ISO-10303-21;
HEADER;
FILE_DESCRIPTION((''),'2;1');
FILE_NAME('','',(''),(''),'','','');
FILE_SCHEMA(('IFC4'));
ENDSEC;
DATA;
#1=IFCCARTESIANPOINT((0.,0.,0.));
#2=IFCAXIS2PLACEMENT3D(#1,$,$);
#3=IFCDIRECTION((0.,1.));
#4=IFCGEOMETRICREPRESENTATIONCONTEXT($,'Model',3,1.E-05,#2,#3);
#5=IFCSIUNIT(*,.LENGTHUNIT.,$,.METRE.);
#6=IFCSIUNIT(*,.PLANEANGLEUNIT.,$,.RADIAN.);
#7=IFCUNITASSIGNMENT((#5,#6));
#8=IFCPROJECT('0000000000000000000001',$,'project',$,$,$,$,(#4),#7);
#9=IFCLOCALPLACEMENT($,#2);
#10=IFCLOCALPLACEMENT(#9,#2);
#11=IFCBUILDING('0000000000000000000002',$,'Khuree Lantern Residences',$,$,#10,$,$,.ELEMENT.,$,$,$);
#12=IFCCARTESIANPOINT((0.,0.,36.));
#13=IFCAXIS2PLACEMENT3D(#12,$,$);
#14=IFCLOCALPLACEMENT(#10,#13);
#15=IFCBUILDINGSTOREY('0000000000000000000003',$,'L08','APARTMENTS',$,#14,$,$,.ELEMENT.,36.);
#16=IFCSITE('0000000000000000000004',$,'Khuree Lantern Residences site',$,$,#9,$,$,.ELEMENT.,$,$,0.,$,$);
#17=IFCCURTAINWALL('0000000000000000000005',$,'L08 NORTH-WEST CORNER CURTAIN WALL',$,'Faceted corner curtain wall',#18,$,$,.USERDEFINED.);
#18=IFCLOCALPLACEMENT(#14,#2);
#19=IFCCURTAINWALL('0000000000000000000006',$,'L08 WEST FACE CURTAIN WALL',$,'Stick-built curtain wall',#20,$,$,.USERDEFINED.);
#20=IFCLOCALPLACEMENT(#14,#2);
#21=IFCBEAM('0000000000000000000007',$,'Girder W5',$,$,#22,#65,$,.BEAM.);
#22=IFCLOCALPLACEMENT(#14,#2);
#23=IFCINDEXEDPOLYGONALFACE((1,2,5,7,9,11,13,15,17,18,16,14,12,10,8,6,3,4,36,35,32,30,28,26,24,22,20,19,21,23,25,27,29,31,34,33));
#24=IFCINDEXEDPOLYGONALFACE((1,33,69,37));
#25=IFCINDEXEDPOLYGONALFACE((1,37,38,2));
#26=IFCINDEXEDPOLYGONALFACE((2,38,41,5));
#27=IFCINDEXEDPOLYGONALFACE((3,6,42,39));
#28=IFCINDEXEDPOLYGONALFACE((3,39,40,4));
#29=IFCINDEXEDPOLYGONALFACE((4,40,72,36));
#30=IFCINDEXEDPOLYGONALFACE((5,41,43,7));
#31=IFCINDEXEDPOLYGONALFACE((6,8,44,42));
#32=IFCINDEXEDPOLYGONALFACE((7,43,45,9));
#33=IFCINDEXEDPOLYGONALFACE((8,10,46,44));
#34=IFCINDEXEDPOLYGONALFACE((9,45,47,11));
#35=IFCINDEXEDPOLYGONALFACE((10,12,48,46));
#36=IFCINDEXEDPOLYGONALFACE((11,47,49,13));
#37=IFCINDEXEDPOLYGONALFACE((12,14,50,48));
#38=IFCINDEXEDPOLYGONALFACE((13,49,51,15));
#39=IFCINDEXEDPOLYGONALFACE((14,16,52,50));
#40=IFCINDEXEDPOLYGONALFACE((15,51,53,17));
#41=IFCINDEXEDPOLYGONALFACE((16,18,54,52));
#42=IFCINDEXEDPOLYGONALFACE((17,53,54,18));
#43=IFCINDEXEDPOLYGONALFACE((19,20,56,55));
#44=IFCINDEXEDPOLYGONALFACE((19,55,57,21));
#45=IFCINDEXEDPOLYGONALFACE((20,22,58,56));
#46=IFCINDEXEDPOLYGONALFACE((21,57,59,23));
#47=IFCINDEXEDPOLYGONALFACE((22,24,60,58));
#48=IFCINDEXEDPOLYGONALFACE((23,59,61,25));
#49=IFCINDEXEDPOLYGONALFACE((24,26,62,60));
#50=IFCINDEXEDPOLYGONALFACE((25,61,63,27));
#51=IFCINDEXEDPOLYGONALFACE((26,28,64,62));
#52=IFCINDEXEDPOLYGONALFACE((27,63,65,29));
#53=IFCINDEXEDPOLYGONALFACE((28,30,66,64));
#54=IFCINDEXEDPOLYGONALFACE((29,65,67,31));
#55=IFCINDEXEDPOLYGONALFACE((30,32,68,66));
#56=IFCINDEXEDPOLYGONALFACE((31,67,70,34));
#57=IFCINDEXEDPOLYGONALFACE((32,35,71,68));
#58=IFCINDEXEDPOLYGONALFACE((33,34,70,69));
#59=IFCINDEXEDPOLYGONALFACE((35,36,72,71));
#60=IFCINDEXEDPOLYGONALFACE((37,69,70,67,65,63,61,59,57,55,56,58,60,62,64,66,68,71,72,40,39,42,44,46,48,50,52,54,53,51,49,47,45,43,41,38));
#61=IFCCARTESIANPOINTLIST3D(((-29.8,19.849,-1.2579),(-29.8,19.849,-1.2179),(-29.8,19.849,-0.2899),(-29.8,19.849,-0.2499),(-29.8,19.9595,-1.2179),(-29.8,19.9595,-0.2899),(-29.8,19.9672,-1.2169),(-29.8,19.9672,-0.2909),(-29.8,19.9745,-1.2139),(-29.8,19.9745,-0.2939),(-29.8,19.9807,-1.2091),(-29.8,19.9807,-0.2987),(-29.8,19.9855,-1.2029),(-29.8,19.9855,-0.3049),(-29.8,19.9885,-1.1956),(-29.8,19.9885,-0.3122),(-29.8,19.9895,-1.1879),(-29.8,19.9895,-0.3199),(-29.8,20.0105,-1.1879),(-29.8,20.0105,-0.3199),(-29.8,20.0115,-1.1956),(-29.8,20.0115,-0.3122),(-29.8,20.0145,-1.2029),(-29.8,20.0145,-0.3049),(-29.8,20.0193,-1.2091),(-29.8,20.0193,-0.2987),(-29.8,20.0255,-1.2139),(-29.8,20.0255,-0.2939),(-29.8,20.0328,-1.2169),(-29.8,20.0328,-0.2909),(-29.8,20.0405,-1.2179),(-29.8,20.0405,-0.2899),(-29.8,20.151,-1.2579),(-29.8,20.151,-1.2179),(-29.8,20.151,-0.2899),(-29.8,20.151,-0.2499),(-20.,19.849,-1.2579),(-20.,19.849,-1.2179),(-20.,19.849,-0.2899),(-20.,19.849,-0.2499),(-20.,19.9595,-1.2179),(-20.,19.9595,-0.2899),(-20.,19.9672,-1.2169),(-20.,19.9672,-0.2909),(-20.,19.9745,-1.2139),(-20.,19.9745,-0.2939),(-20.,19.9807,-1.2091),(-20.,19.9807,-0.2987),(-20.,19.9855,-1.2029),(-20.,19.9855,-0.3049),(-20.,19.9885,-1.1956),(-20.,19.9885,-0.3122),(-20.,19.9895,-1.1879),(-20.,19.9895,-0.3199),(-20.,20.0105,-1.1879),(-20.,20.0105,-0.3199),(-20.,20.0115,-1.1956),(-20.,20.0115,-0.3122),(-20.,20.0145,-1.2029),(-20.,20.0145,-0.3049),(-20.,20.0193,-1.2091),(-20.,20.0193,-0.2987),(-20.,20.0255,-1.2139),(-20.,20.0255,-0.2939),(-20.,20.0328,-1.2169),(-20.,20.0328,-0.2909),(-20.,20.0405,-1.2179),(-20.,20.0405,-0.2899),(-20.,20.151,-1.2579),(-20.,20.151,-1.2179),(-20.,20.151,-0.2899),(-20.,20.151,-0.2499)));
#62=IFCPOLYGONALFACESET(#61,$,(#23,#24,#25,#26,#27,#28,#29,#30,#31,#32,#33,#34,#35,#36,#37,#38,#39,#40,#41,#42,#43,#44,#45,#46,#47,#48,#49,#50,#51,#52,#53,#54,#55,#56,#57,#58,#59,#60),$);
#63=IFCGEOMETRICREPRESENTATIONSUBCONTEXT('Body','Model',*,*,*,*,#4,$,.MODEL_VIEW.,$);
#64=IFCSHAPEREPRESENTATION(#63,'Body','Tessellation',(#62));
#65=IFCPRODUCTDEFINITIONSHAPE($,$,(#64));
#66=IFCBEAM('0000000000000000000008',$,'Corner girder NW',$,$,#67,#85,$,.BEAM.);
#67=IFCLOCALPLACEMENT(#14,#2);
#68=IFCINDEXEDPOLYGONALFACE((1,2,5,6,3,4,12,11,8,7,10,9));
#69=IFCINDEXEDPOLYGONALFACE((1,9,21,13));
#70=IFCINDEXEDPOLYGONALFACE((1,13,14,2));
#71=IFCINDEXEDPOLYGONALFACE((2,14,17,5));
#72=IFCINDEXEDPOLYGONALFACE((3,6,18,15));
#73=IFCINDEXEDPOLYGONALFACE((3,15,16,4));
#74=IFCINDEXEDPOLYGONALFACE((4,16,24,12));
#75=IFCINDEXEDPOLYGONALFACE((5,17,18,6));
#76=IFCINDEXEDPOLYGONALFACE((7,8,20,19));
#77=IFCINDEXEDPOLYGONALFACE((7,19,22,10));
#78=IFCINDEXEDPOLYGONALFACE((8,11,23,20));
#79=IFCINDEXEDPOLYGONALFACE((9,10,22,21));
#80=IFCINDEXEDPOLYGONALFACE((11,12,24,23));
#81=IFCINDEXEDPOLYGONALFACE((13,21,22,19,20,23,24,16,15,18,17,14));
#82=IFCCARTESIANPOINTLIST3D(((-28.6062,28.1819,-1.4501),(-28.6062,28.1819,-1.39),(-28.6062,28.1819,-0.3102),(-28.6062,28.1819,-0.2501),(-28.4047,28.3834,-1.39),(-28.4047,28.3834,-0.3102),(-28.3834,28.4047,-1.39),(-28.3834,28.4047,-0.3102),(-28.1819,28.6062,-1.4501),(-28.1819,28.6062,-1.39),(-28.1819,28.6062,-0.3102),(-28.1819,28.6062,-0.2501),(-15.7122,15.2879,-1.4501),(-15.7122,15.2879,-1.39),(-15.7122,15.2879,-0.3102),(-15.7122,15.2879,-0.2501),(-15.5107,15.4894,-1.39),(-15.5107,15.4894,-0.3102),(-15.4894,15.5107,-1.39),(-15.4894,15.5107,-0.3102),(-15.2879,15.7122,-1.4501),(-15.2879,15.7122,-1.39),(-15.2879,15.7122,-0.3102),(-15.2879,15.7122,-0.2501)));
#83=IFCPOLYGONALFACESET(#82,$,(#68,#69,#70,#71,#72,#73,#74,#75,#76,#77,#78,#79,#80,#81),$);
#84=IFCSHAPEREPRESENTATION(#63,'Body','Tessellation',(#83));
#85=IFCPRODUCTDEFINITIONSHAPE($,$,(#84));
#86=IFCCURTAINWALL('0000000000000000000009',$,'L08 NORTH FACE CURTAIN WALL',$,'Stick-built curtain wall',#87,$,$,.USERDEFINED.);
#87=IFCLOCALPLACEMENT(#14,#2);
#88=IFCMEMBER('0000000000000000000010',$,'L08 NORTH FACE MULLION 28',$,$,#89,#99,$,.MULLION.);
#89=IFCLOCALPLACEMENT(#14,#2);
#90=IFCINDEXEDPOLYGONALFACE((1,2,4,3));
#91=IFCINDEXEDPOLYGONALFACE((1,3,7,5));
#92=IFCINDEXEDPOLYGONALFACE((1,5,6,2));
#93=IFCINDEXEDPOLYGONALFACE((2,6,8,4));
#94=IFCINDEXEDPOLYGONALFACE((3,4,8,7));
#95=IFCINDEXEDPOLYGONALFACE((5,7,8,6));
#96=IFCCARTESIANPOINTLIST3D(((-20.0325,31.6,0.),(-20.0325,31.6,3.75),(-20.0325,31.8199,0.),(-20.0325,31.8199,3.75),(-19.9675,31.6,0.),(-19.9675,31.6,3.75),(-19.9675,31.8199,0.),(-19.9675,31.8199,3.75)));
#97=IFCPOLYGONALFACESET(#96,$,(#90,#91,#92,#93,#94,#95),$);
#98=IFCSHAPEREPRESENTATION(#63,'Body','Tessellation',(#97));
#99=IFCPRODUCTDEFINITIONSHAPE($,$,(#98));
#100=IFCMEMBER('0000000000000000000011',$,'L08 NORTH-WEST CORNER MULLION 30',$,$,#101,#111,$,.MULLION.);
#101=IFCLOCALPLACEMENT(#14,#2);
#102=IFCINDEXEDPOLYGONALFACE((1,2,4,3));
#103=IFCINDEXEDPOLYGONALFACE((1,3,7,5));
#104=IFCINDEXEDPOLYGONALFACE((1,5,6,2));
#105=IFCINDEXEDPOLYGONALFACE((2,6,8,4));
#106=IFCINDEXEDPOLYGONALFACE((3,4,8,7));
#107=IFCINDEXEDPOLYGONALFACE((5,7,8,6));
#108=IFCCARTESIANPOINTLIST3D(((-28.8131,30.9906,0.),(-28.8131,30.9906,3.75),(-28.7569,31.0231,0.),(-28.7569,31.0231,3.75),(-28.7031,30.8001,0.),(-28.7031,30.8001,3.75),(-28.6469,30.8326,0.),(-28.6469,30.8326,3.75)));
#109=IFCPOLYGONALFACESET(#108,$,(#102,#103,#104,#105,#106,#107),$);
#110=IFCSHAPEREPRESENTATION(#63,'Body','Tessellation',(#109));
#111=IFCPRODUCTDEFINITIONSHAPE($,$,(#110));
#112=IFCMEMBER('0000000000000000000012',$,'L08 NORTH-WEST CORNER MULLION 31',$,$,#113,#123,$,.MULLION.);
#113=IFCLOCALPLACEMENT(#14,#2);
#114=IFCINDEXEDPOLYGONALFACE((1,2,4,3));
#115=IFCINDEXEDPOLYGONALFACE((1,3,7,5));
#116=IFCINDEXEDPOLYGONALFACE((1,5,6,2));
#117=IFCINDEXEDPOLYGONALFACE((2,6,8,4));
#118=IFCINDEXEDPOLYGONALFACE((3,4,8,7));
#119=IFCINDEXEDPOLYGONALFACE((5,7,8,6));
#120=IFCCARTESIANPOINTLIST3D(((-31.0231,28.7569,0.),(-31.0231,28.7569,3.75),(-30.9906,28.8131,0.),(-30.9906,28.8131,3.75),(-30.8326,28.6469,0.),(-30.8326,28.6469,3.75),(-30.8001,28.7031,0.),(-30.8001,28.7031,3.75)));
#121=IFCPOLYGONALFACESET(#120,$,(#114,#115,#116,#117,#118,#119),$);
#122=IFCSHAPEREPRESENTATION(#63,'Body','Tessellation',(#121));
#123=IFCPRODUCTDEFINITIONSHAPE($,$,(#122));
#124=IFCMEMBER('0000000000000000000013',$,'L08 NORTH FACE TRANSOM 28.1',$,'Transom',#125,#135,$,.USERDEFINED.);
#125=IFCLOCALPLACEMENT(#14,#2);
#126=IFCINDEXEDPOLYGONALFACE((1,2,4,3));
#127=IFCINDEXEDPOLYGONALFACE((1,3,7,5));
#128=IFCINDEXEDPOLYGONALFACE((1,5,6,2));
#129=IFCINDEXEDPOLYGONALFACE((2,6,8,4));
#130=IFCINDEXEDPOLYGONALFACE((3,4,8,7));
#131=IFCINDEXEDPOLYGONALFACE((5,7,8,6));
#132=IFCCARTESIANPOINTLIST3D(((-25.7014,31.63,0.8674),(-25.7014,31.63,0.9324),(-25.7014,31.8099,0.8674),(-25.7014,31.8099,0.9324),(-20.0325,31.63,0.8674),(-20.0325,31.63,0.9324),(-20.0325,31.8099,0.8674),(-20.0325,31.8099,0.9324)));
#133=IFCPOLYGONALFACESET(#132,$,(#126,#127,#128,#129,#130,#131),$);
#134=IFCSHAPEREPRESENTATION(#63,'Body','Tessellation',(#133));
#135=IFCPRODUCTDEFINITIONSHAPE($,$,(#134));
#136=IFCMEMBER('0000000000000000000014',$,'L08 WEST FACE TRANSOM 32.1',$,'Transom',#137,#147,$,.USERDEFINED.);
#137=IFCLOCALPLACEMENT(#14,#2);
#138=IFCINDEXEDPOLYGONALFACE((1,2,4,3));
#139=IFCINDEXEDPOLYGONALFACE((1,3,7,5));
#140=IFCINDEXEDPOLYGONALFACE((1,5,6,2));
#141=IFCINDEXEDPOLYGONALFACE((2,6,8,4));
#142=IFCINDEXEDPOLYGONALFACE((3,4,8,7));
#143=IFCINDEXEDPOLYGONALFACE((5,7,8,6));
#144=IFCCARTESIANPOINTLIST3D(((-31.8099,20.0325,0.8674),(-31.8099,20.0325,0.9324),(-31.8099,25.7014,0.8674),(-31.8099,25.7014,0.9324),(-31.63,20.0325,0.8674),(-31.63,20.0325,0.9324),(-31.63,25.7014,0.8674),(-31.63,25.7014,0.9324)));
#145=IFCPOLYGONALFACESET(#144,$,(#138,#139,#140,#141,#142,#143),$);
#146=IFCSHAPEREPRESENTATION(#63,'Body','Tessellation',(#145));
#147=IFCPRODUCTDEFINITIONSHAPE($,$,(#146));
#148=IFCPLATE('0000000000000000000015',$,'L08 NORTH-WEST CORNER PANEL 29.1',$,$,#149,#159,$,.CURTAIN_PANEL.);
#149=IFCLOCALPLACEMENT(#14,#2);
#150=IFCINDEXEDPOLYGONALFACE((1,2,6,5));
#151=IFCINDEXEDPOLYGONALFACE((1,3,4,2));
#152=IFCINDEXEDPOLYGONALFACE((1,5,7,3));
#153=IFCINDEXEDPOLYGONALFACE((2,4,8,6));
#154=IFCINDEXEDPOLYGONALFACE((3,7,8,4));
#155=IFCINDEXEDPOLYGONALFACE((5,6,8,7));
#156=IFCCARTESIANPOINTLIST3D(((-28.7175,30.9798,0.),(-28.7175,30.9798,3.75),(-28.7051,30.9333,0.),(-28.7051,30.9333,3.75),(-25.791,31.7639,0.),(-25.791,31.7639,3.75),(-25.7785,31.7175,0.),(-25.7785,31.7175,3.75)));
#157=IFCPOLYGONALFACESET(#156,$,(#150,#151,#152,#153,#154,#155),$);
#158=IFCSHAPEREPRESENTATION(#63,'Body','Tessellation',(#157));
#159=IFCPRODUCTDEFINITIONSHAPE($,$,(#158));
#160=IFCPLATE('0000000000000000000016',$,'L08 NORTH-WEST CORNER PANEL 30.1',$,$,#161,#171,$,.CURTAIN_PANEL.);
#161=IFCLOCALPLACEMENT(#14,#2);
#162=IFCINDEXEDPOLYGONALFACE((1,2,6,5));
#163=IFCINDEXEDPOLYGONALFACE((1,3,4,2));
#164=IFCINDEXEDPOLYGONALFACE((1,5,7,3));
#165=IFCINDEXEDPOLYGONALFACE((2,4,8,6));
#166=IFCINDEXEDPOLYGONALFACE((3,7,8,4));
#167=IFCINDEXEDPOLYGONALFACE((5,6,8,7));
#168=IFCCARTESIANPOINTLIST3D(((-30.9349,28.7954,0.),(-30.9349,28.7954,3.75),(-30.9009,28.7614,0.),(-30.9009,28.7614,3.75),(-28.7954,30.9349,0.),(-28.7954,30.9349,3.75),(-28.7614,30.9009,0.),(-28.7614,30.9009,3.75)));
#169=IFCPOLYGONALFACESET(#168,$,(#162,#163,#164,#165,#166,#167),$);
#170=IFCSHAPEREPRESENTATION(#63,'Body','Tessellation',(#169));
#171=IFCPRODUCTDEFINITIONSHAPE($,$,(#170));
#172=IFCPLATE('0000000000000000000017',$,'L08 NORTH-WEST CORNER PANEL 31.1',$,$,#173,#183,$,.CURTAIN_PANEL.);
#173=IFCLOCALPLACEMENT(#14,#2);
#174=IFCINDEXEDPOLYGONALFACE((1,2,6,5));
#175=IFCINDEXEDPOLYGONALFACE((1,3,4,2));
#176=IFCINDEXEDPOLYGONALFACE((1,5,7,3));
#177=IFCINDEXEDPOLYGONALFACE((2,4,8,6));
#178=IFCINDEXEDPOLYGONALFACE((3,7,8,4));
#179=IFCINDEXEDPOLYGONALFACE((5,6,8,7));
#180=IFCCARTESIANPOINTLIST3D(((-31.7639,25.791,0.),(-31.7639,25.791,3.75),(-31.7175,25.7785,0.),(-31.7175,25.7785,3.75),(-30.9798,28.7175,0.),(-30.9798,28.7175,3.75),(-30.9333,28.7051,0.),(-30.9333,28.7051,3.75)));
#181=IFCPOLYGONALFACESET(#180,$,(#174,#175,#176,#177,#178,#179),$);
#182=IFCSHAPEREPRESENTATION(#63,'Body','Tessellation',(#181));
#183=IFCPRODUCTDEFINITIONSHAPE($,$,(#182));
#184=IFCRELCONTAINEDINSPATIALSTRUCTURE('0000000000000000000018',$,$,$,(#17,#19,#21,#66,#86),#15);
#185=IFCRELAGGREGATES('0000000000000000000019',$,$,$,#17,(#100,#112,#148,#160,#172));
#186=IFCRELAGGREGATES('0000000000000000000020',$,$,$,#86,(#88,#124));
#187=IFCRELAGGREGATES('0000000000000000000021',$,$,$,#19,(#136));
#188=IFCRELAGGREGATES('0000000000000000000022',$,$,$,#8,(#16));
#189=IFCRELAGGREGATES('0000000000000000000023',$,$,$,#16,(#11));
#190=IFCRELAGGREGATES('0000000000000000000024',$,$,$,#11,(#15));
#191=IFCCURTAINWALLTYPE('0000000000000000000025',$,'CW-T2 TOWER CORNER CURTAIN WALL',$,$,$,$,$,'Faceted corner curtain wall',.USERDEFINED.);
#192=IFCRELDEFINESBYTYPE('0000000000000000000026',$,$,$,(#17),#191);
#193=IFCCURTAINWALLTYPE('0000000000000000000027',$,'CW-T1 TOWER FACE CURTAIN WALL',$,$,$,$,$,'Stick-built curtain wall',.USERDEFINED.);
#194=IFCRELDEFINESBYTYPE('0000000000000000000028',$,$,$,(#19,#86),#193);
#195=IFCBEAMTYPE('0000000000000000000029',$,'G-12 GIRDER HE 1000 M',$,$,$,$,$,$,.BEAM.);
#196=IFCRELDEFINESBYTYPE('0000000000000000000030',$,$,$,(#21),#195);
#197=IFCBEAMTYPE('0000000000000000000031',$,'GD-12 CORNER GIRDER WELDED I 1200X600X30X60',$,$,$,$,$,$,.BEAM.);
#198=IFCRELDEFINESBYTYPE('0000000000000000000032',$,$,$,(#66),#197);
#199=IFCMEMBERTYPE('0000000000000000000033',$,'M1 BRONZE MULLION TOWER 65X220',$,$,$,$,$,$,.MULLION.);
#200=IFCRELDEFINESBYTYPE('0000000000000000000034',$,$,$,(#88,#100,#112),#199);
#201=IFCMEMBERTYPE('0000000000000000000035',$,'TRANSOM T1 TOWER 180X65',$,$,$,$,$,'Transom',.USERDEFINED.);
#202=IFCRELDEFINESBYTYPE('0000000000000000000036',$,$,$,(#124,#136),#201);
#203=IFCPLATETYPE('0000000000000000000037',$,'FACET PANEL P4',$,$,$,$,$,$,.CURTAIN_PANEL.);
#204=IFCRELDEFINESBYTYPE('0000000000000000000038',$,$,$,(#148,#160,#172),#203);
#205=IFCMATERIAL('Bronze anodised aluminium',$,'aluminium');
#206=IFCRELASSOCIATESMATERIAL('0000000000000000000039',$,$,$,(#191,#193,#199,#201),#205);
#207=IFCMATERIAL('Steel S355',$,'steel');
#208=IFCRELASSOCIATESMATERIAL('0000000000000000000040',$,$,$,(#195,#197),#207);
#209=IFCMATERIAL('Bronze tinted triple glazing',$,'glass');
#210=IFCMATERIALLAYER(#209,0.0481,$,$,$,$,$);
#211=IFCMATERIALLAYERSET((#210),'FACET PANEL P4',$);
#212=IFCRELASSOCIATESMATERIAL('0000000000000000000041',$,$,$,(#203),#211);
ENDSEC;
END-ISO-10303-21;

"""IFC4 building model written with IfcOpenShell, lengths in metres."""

from ifc_helpers import new_model, si_unit, direction, frame, origin, origin_2d, place, context, subcontext, project, spatial, rectangle, i_section, extrude, material, layer, layer_set, material_profile, profile_set, type_object, element, aggregate, save


model = new_model("IFC4")

# Units and contexts
model_context = context("Model", 3, precision=1e-05, world=origin(), true_north=direction((0.0, 1.0)))
body_context = subcontext(model_context, "Body", "Model", "MODEL_VIEW")
ifc_project = project(units=[si_unit("LENGTHUNIT", "METRE"), si_unit("PLANEANGLEUNIT", "RADIAN")], contexts=[model_context])

# Site, building, storey
site_placement = place(None, origin())
site = spatial("IfcSite", under=ifc_project, at=site_placement, Name="Khuree Lantern Residences site", CompositionType="ELEMENT", RefElevation=0.0)
building_placement = place(site_placement, origin())
building = spatial("IfcBuilding", under=site, at=building_placement, Name="Khuree Lantern Residences", CompositionType="ELEMENT")
storey_placement = place(building_placement, frame((0.0, 0.0, 36.0)))
storey = spatial("IfcBuildingStorey", under=building, at=storey_placement, Name="L08", Description="APARTMENTS", CompositionType="ELEMENT", Elevation=36.0)

# Shared definitions
ifc_material_1 = material(Name="Steel S355", Category="steel")

# Curtain walls
ifc_material_2 = material(Name="Bronze anodised aluminium", Category="aluminium")
curtain_wall_type_1 = type_object("IfcCurtainWallType", Name="CW-T2 TOWER CORNER CURTAIN WALL", ElementType="Faceted corner curtain wall", PredefinedType="USERDEFINED", material=ifc_material_2)
curtain_wall_1_placement = place(storey_placement, origin())
curtain_wall_1 = element("IfcCurtainWall", 1, at=curtain_wall_1_placement, inside=storey, type_object=curtain_wall_type_1, Name="L08 NORTH-WEST CORNER CURTAIN WALL", ObjectType="Faceted corner curtain wall", PredefinedType="USERDEFINED")
curtain_wall_type_2 = type_object("IfcCurtainWallType", Name="CW-T1 TOWER FACE CURTAIN WALL", ElementType="Stick-built curtain wall", PredefinedType="USERDEFINED", material=ifc_material_2)
curtain_wall_2_placement = place(storey_placement, origin())
curtain_wall_2 = element("IfcCurtainWall", 2, at=curtain_wall_2_placement, inside=storey, type_object=curtain_wall_type_2, Name="L08 WEST FACE CURTAIN WALL", ObjectType="Stick-built curtain wall", PredefinedType="USERDEFINED")

# Beams
ifc_material_profile_1 = material_profile(ifc_material_1, i_section(OverallWidth=0.302, OverallDepth=1.0081, WebThickness=0.021, FlangeThickness=0.04, FilletRadius=0.03, at=origin_2d()), Name="HE 1000 M")
ifc_profile_set_1 = profile_set([ifc_material_profile_1], Name="Steel S355")
beam_type_1 = type_object("IfcBeamType", Name="G-12 GIRDER HE 1000 M", PredefinedType="BEAM", material=ifc_profile_set_1)
for number, where, z_axis, x_axis, name in (
    (3, (-29.8, 20.0, -0.7539), (1.0, 0.0, 0.0), (0.0, 1.0, 0.0), "Girder W5"),
):
    element("IfcBeam", number, at=place(storey_placement, frame(where, z_axis=z_axis, x_axis=x_axis)), inside=storey, type_object=beam_type_1, Name=name, PredefinedType="BEAM", context=body_context, shape_type="SweptSolid", body=[
        extrude(i_section(OverallWidth=0.302, OverallDepth=1.0081, WebThickness=0.021, FlangeThickness=0.04, FilletRadius=0.03, at=origin_2d()), origin(), (0.0, 0.0, 1.0), 9.8),
    ])
ifc_material_profile_2 = material_profile(ifc_material_1, i_section(OverallWidth=0.6001, OverallDepth=1.2, WebThickness=0.03, FlangeThickness=0.0601, at=origin_2d()), Name="WELDED I 1200X600X30X60")
ifc_profile_set_2 = profile_set([ifc_material_profile_2], Name="Steel S355")
beam_type_2 = type_object("IfcBeamType", Name="GD-12 CORNER GIRDER WELDED I 1200X600X30X60", PredefinedType="BEAM", material=ifc_profile_set_2)
beam_1_placement = place(storey_placement, frame((-28.394, 28.394, -0.8501), z_axis=(0.707107, -0.707107, 0.0), x_axis=(0.707107, 0.707107, 0.0)))
element("IfcBeam", 4, at=beam_1_placement, inside=storey, type_object=beam_type_2, Name="Corner girder NW", PredefinedType="BEAM", context=body_context, shape_type="SweptSolid", body=[
    extrude(i_section(OverallWidth=0.6001, OverallDepth=1.2, WebThickness=0.03, FlangeThickness=0.0601, at=origin_2d()), origin(), (0.0, 0.0, 1.0), 18.2349),
])

# Curtain wall, member
curtain_wall_3_placement = place(storey_placement, origin())
curtain_wall_3 = element("IfcCurtainWall", 5, at=curtain_wall_3_placement, inside=storey, type_object=curtain_wall_type_2, Name="L08 NORTH FACE CURTAIN WALL", ObjectType="Stick-built curtain wall", PredefinedType="USERDEFINED")
ifc_material_profile_3 = material_profile(ifc_material_2, rectangle(XDim=0.0649, YDim=0.22, at=origin_2d()), Name="M1 65X220")
ifc_profile_set_3 = profile_set([ifc_material_profile_3], Name="Bronze anodised aluminium")
member_type_1 = type_object("IfcMemberType", Name="M1 BRONZE MULLION TOWER 65X220", PredefinedType="MULLION", material=ifc_profile_set_3)
member_1_placement = place(storey_placement, frame((-20.0, 31.71, 0.0), z_axis=(0.0, 0.0, 1.0), x_axis=(-1.0, 0.0, 0.0)))
member_1 = element("IfcMember", 6, at=member_1_placement, type_object=member_type_1, Name="L08 NORTH FACE MULLION 28", PredefinedType="MULLION", context=body_context, shape_type="SweptSolid", body=[
    extrude(rectangle(XDim=0.0649, YDim=0.22, at=origin_2d()), origin(), (0.0, 0.0, 1.0), 3.75),
])

# Members
member_2_placement = place(storey_placement, frame((-28.73, 30.9116, 0.0), z_axis=(0.0, 0.0, 1.0), x_axis=(-0.866025, -0.5, 0.0)))
member_2 = element("IfcMember", 7, at=member_2_placement, type_object=member_type_1, Name="L08 NORTH-WEST CORNER MULLION 30", PredefinedType="MULLION", context=body_context, shape_type="SweptSolid", body=[
    extrude(rectangle(XDim=0.0649, YDim=0.22, at=origin_2d()), origin(), (0.0, 0.0, 1.0), 3.75),
])
member_3_placement = place(storey_placement, frame((-30.9116, 28.73, 0.0), z_axis=(0.0, 0.0, 1.0), x_axis=(-0.5, -0.866025, 0.0)))
member_3 = element("IfcMember", 8, at=member_3_placement, type_object=member_type_1, Name="L08 NORTH-WEST CORNER MULLION 31", PredefinedType="MULLION", context=body_context, shape_type="SweptSolid", body=[
    extrude(rectangle(XDim=0.0649, YDim=0.22, at=origin_2d()), origin(), (0.0, 0.0, 1.0), 3.75),
])
ifc_material_profile_4 = material_profile(ifc_material_2, rectangle(XDim=0.1799, YDim=0.0649, at=origin_2d()), Name="T1 180X65")
ifc_profile_set_4 = profile_set([ifc_material_profile_4], Name="Bronze anodised aluminium")
member_type_2 = type_object("IfcMemberType", Name="TRANSOM T1 TOWER 180X65", ElementType="Transom", PredefinedType="USERDEFINED", material=ifc_profile_set_4)
member_4_placement = place(storey_placement, frame((-20.0325, 31.72, 0.8999), z_axis=(-1.0, 0.0, 0.0), x_axis=(0.0, -1.0, 0.0)))
member_4 = element("IfcMember", 9, at=member_4_placement, type_object=member_type_2, Name="L08 NORTH FACE TRANSOM 28.1", ObjectType="Transom", PredefinedType="USERDEFINED", context=body_context, shape_type="SweptSolid", body=[
    extrude(rectangle(XDim=0.1799, YDim=0.0649, at=origin_2d()), origin(), (0.0, 0.0, 1.0), 5.6689),
])
member_5_placement = place(storey_placement, frame((-31.72, 25.7014, 0.8999), z_axis=(0.0, -1.0, 0.0), x_axis=(1.0, 0.0, 0.0)))
member_5 = element("IfcMember", 10, at=member_5_placement, type_object=member_type_2, Name="L08 WEST FACE TRANSOM 32.1", ObjectType="Transom", PredefinedType="USERDEFINED", context=body_context, shape_type="SweptSolid", body=[
    extrude(rectangle(XDim=0.1799, YDim=0.0649, at=origin_2d()), origin(), (0.0, 0.0, 1.0), 5.6689),
])

# Plates
ifc_material_3 = material(Name="Bronze tinted triple glazing", Category="glass")
ifc_layer_1 = layer(ifc_material_3, 0.0481)
ifc_layer_set_1 = layer_set([ifc_layer_1], Name="FACET PANEL P4")
plate_type_1 = type_object("IfcPlateType", Name="FACET PANEL P4", PredefinedType="CURTAIN_PANEL", material=ifc_layer_set_1)
plate_1_placement = place(storey_placement, frame((-27.248, 31.3486, 0.0), z_axis=(0.0, 0.0, 1.0), x_axis=(-0.965926, -0.258819, 0.0)))
plate_1 = element("IfcPlate", 11, at=plate_1_placement, type_object=plate_type_1, Name="L08 NORTH-WEST CORNER PANEL 29.1", PredefinedType="CURTAIN_PANEL", context=body_context, shape_type="SweptSolid", body=[
    extrude(rectangle(XDim=3.0298, YDim=0.0481, at=origin_2d()), origin(), (0.0, 0.0, 1.0), 3.75),
])
plate_2_placement = place(storey_placement, frame((-29.8481, 29.8481, 0.0), z_axis=(0.0, 0.0, 1.0), x_axis=(-0.707107, -0.707107, 0.0)))
plate_2 = element("IfcPlate", 12, at=plate_2_placement, type_object=plate_type_1, Name="L08 NORTH-WEST CORNER PANEL 30.1", PredefinedType="CURTAIN_PANEL", context=body_context, shape_type="SweptSolid", body=[
    extrude(rectangle(XDim=3.0256, YDim=0.0481, at=origin_2d()), origin(), (0.0, 0.0, 1.0), 3.75),
])
plate_3_placement = place(storey_placement, frame((-31.3486, 27.248, 0.0), z_axis=(0.0, 0.0, 1.0), x_axis=(-0.258819, -0.965926, 0.0)))
plate_3 = element("IfcPlate", 13, at=plate_3_placement, type_object=plate_type_1, Name="L08 NORTH-WEST CORNER PANEL 31.1", PredefinedType="CURTAIN_PANEL", context=body_context, shape_type="SweptSolid", body=[
    extrude(rectangle(XDim=3.0298, YDim=0.0481, at=origin_2d()), origin(), (0.0, 0.0, 1.0), 3.75),
])
aggregate(curtain_wall_1, [member_2, member_3, plate_1, plate_2, plate_3])
aggregate(curtain_wall_3, [member_1, member_4])
aggregate(curtain_wall_2, [member_5])

save(model, "model.ifc")
